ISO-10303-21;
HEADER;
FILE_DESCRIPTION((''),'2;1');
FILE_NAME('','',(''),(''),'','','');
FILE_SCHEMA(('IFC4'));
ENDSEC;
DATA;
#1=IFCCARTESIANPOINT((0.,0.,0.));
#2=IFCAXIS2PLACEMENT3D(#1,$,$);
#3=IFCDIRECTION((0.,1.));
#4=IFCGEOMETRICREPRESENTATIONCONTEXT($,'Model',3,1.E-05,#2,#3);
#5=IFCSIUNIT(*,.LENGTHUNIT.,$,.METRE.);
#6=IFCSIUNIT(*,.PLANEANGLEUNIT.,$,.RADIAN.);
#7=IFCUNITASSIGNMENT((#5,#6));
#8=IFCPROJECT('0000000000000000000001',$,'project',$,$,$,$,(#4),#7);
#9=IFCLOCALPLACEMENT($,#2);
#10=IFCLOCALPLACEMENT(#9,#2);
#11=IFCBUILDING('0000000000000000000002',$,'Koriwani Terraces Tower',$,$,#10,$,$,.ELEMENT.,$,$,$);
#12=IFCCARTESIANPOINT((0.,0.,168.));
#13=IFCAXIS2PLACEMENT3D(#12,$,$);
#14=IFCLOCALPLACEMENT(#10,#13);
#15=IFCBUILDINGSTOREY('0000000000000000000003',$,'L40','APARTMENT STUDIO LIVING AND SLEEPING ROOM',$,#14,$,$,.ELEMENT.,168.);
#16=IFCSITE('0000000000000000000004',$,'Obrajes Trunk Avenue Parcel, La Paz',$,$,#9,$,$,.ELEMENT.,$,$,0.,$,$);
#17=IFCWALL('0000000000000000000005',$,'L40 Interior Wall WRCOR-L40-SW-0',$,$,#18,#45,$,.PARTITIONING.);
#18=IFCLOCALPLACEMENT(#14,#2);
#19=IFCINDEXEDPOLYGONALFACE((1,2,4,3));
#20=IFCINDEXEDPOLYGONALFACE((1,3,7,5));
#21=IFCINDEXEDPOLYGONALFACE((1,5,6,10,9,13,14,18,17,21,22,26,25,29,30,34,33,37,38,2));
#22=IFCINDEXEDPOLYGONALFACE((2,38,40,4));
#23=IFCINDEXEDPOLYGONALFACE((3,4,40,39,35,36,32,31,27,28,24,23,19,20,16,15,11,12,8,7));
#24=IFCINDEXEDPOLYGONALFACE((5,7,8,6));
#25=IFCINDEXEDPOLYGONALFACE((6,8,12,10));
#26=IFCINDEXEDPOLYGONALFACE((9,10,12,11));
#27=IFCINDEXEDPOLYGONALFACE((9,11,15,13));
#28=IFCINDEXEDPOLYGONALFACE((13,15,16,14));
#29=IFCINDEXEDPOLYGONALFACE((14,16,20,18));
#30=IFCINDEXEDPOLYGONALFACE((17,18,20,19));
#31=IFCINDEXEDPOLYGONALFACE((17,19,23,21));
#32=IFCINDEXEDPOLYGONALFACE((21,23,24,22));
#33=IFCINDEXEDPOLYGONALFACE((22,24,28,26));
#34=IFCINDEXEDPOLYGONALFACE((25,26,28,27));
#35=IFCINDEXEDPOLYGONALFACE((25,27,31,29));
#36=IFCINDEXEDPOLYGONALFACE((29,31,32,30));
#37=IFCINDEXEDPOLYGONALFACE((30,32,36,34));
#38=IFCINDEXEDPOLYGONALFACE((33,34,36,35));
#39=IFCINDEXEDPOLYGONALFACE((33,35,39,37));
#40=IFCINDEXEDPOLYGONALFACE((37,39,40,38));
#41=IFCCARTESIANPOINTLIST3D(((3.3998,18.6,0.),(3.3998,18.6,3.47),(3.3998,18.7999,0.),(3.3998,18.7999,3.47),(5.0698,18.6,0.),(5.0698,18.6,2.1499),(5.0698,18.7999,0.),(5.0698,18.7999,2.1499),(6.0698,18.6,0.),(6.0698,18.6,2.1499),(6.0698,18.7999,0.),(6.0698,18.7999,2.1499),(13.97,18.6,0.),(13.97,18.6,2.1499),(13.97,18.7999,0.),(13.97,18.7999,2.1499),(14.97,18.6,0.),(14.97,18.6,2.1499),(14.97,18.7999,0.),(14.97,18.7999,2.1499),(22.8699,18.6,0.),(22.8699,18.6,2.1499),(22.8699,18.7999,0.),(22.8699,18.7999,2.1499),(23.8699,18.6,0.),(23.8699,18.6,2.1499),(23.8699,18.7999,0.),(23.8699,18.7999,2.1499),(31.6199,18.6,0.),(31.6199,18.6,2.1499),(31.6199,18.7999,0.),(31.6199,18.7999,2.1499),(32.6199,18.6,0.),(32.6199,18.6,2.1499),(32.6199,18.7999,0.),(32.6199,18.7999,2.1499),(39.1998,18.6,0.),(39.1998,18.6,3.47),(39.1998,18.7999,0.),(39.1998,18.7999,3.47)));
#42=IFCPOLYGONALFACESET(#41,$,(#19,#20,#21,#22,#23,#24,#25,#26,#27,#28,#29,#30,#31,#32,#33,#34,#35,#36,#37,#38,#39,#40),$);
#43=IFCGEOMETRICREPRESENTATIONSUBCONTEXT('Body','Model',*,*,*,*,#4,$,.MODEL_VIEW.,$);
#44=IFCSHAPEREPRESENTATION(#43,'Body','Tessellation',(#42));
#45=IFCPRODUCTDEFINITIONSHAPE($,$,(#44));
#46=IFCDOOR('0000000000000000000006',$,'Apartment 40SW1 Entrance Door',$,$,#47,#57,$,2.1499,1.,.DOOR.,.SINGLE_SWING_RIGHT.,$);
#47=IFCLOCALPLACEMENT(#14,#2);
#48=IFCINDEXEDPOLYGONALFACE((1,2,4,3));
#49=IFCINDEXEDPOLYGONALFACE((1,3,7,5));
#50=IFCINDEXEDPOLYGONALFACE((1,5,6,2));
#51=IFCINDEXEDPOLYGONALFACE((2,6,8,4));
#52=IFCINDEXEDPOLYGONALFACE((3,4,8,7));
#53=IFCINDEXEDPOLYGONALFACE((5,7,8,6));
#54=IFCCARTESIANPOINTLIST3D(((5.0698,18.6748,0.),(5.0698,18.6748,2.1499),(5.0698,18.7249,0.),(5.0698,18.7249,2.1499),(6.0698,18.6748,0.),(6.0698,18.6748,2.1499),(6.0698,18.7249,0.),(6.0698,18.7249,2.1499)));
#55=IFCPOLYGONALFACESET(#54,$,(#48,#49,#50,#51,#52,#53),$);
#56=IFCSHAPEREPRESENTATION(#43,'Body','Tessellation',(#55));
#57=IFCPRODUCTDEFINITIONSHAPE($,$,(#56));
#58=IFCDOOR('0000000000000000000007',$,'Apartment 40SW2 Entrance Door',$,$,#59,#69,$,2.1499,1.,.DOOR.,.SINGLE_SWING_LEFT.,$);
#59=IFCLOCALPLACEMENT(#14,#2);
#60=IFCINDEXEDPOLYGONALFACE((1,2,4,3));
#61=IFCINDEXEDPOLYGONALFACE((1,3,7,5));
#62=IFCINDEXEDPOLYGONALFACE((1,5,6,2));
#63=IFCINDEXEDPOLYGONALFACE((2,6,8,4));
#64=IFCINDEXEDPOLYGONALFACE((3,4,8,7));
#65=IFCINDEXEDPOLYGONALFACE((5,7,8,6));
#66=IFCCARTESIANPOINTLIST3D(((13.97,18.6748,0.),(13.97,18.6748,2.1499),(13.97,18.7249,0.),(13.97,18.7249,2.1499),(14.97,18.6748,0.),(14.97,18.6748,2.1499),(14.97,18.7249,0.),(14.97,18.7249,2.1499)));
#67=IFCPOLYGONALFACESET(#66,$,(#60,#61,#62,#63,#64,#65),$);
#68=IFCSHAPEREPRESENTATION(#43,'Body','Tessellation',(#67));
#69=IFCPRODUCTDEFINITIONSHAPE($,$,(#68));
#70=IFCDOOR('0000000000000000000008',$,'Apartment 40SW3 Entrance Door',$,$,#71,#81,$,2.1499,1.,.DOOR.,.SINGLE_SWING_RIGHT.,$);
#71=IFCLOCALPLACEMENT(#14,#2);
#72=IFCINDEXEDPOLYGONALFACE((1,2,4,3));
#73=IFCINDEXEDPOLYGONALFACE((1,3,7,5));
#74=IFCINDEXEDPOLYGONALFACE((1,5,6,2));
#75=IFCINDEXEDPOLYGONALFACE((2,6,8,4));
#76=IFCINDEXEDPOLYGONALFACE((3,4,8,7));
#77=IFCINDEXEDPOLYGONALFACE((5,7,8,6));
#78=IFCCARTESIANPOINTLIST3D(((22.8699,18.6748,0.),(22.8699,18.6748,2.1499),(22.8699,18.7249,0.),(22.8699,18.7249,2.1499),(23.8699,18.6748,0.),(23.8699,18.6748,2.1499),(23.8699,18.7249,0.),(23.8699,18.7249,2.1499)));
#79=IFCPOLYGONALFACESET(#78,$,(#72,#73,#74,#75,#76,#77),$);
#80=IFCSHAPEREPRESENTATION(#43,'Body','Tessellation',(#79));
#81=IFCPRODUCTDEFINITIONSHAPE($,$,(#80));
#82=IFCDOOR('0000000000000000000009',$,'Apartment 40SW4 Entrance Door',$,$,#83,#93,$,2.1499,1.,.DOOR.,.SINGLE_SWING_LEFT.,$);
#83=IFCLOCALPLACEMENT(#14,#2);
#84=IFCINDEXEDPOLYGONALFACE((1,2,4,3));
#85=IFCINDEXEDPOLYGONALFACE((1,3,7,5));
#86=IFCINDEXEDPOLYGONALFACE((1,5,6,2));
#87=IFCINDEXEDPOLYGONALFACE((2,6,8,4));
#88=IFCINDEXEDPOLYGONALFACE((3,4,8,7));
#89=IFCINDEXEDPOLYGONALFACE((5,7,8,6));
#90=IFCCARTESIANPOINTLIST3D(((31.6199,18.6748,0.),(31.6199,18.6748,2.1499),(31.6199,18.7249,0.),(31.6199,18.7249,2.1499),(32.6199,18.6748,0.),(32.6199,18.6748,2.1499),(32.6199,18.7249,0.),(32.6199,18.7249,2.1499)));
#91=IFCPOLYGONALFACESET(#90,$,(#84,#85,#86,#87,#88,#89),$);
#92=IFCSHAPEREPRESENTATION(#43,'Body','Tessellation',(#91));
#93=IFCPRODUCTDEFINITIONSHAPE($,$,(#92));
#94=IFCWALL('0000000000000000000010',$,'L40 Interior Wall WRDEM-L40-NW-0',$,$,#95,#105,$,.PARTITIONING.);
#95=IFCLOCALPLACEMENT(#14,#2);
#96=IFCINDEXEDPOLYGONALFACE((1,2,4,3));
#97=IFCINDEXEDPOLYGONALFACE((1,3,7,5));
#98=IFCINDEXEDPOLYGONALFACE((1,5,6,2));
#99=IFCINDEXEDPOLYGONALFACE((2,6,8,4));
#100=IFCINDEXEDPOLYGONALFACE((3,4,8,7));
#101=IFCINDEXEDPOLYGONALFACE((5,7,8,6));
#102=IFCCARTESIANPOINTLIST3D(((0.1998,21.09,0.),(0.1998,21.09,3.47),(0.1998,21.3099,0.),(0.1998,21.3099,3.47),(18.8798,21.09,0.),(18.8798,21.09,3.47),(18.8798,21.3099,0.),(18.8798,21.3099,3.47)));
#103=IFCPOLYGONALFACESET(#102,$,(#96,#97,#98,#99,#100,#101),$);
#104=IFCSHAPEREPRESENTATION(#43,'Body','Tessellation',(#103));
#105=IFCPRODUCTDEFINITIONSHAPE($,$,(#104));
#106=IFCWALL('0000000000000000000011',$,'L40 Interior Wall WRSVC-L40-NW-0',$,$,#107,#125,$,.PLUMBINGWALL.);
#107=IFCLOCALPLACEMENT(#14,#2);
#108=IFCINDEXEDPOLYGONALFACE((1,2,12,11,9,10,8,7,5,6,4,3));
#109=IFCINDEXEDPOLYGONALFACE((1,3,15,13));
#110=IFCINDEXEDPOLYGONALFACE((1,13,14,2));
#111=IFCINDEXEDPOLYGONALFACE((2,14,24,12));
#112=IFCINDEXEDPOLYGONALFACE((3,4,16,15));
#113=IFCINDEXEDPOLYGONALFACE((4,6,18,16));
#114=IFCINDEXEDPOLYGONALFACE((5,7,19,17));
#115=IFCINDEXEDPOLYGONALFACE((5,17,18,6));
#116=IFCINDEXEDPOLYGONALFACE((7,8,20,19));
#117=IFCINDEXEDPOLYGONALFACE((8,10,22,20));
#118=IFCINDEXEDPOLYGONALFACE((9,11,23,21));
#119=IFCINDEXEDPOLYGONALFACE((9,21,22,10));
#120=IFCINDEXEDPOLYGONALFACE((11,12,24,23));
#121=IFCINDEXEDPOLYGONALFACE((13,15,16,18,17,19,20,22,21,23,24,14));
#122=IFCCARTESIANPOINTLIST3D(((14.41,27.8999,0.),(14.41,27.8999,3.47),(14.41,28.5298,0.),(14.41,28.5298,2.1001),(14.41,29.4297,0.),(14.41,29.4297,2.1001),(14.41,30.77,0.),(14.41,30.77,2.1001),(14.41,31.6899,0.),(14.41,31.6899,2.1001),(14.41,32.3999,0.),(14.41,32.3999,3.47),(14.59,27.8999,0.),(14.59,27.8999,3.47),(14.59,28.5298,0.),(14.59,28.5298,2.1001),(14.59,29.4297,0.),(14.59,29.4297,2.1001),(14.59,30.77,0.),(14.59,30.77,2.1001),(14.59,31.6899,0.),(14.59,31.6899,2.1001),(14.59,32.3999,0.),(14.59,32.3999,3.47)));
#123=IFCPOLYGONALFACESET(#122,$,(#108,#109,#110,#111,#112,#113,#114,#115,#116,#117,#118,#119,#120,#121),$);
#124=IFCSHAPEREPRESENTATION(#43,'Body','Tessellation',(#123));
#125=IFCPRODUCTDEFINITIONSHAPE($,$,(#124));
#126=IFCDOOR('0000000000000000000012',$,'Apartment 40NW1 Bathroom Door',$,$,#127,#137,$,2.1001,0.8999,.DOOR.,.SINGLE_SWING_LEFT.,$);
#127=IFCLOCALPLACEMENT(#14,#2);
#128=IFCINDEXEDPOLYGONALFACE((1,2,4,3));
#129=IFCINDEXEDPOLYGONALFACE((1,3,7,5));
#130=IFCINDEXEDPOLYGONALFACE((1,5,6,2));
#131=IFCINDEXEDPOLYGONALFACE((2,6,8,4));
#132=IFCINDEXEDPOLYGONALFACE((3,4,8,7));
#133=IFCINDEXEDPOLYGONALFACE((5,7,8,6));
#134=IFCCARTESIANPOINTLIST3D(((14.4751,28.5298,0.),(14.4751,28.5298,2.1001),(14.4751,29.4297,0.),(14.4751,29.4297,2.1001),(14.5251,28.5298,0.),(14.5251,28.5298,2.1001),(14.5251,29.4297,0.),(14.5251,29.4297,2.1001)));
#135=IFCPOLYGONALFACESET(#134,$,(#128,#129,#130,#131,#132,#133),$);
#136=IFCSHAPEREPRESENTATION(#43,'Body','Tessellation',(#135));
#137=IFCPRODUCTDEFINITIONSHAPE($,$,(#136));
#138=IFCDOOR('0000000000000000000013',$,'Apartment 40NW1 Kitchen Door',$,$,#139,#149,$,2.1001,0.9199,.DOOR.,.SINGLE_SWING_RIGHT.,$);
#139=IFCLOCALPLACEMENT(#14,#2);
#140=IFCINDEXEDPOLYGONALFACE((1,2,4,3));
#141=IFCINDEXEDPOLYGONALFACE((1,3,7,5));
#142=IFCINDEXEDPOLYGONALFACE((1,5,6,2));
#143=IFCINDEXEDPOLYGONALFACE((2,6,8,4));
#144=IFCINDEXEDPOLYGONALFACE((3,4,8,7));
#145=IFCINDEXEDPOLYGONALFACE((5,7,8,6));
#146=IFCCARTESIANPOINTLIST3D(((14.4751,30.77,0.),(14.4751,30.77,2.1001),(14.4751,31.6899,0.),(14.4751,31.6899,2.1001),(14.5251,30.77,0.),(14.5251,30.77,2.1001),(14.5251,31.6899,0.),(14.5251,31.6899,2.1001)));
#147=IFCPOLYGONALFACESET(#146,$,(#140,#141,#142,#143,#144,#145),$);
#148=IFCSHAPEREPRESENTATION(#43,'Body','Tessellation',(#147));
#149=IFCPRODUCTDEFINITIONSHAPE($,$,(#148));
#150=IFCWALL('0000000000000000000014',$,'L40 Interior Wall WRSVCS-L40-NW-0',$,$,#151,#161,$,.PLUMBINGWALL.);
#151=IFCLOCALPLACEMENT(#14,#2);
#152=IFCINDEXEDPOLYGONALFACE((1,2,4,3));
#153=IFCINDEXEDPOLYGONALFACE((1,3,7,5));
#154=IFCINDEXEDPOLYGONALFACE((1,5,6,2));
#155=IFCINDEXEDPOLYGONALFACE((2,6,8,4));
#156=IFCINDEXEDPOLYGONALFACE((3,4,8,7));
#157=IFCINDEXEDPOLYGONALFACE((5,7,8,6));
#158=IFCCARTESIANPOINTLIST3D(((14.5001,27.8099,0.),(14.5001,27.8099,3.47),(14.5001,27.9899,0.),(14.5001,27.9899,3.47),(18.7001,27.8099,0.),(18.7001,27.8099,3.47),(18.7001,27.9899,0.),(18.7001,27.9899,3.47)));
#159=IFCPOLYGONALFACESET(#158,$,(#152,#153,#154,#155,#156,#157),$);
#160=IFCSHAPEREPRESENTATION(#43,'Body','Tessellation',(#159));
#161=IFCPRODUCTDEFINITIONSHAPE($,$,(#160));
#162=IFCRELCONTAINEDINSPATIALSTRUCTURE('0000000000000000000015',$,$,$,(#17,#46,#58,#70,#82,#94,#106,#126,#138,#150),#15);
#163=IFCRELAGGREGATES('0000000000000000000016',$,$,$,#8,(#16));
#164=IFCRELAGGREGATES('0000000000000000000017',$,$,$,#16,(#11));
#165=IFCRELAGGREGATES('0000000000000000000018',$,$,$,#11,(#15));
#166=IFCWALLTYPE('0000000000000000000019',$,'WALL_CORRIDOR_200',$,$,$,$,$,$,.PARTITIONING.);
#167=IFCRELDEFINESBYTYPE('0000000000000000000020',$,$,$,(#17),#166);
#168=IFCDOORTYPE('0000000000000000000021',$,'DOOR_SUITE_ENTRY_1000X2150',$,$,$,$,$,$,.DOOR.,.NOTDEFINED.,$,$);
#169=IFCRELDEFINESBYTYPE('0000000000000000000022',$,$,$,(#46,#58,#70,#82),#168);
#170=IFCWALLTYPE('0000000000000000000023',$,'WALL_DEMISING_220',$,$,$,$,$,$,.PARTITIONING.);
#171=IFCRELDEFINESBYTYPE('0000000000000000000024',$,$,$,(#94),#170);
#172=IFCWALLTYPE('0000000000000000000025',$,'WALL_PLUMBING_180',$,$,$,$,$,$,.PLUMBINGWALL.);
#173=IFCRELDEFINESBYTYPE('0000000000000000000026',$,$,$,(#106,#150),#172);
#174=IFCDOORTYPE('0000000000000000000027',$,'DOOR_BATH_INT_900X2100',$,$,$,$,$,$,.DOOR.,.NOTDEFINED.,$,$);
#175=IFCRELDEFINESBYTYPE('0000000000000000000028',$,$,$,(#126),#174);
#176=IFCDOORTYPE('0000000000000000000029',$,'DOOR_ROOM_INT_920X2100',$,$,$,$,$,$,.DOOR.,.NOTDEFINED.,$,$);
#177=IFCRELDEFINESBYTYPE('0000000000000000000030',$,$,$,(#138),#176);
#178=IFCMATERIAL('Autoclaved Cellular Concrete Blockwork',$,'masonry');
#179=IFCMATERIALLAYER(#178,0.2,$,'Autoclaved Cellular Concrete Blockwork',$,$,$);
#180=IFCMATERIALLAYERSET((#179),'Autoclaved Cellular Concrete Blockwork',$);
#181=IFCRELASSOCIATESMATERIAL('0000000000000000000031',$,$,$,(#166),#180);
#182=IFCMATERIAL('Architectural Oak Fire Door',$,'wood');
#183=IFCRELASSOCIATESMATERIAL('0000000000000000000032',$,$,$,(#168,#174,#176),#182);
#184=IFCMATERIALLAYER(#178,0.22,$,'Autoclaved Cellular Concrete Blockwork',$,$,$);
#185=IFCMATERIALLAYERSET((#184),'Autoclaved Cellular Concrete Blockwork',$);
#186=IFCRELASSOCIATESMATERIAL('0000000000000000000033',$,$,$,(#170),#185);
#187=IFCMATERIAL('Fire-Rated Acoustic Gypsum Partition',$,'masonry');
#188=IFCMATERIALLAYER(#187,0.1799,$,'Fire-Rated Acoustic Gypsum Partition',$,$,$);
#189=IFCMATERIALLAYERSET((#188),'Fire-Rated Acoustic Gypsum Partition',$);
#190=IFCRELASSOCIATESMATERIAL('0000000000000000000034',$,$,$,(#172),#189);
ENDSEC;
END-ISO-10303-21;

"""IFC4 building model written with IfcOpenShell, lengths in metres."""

from ifc_helpers import new_model, si_unit, direction, frame, frame_2d, origin, place, context, subcontext, project, spatial, rectangle, extrude, material, layer, layer_set, type_object, element, fill, save


model = new_model("IFC4")

# Units and contexts
model_context = context("Model", 3, precision=1e-05, world=origin(), true_north=direction((0.0, 1.0)))
body_context = subcontext(model_context, "Body", "Model", "MODEL_VIEW")
ifc_project = project(units=[si_unit("LENGTHUNIT", "METRE"), si_unit("PLANEANGLEUNIT", "RADIAN")], contexts=[model_context])

# Site, building, storey
site_placement = place(None, origin())
site = spatial("IfcSite", under=ifc_project, at=site_placement, Name="Obrajes Trunk Avenue Parcel, La Paz", CompositionType="ELEMENT", RefElevation=0.0)
building_placement = place(site_placement, origin())
building = spatial("IfcBuilding", under=site, at=building_placement, Name="Koriwani Terraces Tower", CompositionType="ELEMENT")
storey_placement = place(building_placement, frame((0.0, 0.0, 168.0)))
storey = spatial("IfcBuildingStorey", under=building, at=storey_placement, Name="L40", Description="APARTMENT STUDIO LIVING AND SLEEPING ROOM", CompositionType="ELEMENT", Elevation=168.0)

# Wall, openings, doors
ifc_material_1 = material(Name="Autoclaved Cellular Concrete Blockwork", Category="masonry")
ifc_layer_1 = layer(ifc_material_1, 0.2, Name="Autoclaved Cellular Concrete Blockwork")
ifc_layer_set_1 = layer_set([ifc_layer_1], Name="Autoclaved Cellular Concrete Blockwork")
wall_type_1 = type_object("IfcWallType", Name="WALL_CORRIDOR_200", PredefinedType="PARTITIONING", material=ifc_layer_set_1)
wall_1_placement = place(storey_placement, frame((3.3999, 18.7, 0.0), z_axis=(0.0, 0.0, 1.0), x_axis=(1.0, 0.0, 0.0)))
wall_1 = element("IfcWall", 1, at=wall_1_placement, inside=storey, type_object=wall_type_1, Name="L40 Interior Wall WRCOR-L40-SW-0", PredefinedType="PARTITIONING", context=body_context, shape_type="SweptSolid", body=[
    extrude(rectangle(XDim=35.8, YDim=0.2, at=frame_2d((17.8999, 0.0))), origin(), (0.0, 0.0, 1.0), 3.47),
])
opening_1_placement = place(wall_1_placement, frame((1.6699, 0.0, 0.0)))
opening_1 = element("IfcOpeningElement", 2, at=opening_1_placement, cuts=wall_1, PredefinedType="OPENING", context=body_context, shape_type="SweptSolid", body=[
    extrude(rectangle(XDim=1.0, YDim=2.1499, at=frame_2d((0.5, 1.075))), frame((0.0, 0.1099, 0.0), z_axis=(0.0, -1.0, 0.0), x_axis=(1.0, 0.0, 0.0)), (0.0, 0.0, 1.0), 0.22),
])
opening_2_placement = place(wall_1_placement, frame((10.5701, 0.0, 0.0)))
opening_2 = element("IfcOpeningElement", 3, at=opening_2_placement, cuts=wall_1, PredefinedType="OPENING", context=body_context, shape_type="SweptSolid", body=[
    extrude(rectangle(XDim=1.0, YDim=2.1499, at=frame_2d((0.5, 1.075))), frame((0.0, 0.1099, 0.0), z_axis=(0.0, -1.0, 0.0), x_axis=(1.0, 0.0, 0.0)), (0.0, 0.0, 1.0), 0.22),
])
opening_3_placement = place(wall_1_placement, frame((19.47, 0.0, 0.0)))
opening_3 = element("IfcOpeningElement", 4, at=opening_3_placement, cuts=wall_1, PredefinedType="OPENING", context=body_context, shape_type="SweptSolid", body=[
    extrude(rectangle(XDim=1.0, YDim=2.1499, at=frame_2d((0.5, 1.075))), frame((0.0, 0.1099, 0.0), z_axis=(0.0, -1.0, 0.0), x_axis=(1.0, 0.0, 0.0)), (0.0, 0.0, 1.0), 0.22),
])
opening_4_placement = place(wall_1_placement, frame((28.22, 0.0, 0.0)))
opening_4 = element("IfcOpeningElement", 5, at=opening_4_placement, cuts=wall_1, PredefinedType="OPENING", context=body_context, shape_type="SweptSolid", body=[
    extrude(rectangle(XDim=1.0, YDim=2.1499, at=frame_2d((0.5, 1.075))), frame((0.0, 0.1099, 0.0), z_axis=(0.0, -1.0, 0.0), x_axis=(1.0, 0.0, 0.0)), (0.0, 0.0, 1.0), 0.22),
])
ifc_material_2 = material(Name="Architectural Oak Fire Door", Category="wood")
door_type_1 = type_object("IfcDoorType", Name="DOOR_SUITE_ENTRY_1000X2150", OperationType="NOTDEFINED", PredefinedType="DOOR", material=ifc_material_2)
door_1_placement = place(opening_1_placement, origin())
door_1 = element("IfcDoor", 6, at=door_1_placement, inside=storey, type_object=door_type_1, Name="Apartment 40SW1 Entrance Door", OperationType="SINGLE_SWING_RIGHT", OverallHeight=2.1499, OverallWidth=1.0, PredefinedType="DOOR", context=body_context, shape_type="SweptSolid", body=[
    extrude(rectangle(XDim=1.0, YDim=2.1499, at=frame_2d((0.5, 1.075))), frame((0.0, 0.0249, 0.0), z_axis=(0.0, -1.0, 0.0), x_axis=(1.0, 0.0, 0.0)), (0.0, 0.0, 1.0), 0.05),
])
fill(opening_1, door_1)
door_2_placement = place(opening_2_placement, origin())
door_2 = element("IfcDoor", 7, at=door_2_placement, inside=storey, type_object=door_type_1, Name="Apartment 40SW2 Entrance Door", OperationType="SINGLE_SWING_LEFT", OverallHeight=2.1499, OverallWidth=1.0, PredefinedType="DOOR", context=body_context, shape_type="SweptSolid", body=[
    extrude(rectangle(XDim=1.0, YDim=2.1499, at=frame_2d((0.5, 1.075))), frame((0.0, 0.0249, 0.0), z_axis=(0.0, -1.0, 0.0), x_axis=(1.0, 0.0, 0.0)), (0.0, 0.0, 1.0), 0.05),
])
fill(opening_2, door_2)
door_3_placement = place(opening_3_placement, origin())
door_3 = element("IfcDoor", 8, at=door_3_placement, inside=storey, type_object=door_type_1, Name="Apartment 40SW3 Entrance Door", OperationType="SINGLE_SWING_RIGHT", OverallHeight=2.1499, OverallWidth=1.0, PredefinedType="DOOR", context=body_context, shape_type="SweptSolid", body=[
    extrude(rectangle(XDim=1.0, YDim=2.1499, at=frame_2d((0.5, 1.075))), frame((0.0, 0.0249, 0.0), z_axis=(0.0, -1.0, 0.0), x_axis=(1.0, 0.0, 0.0)), (0.0, 0.0, 1.0), 0.05),
])
fill(opening_3, door_3)
door_4_placement = place(opening_4_placement, origin())
door_4 = element("IfcDoor", 9, at=door_4_placement, inside=storey, type_object=door_type_1, Name="Apartment 40SW4 Entrance Door", OperationType="SINGLE_SWING_LEFT", OverallHeight=2.1499, OverallWidth=1.0, PredefinedType="DOOR", context=body_context, shape_type="SweptSolid", body=[
    extrude(rectangle(XDim=1.0, YDim=2.1499, at=frame_2d((0.5, 1.075))), frame((0.0, 0.0249, 0.0), z_axis=(0.0, -1.0, 0.0), x_axis=(1.0, 0.0, 0.0)), (0.0, 0.0, 1.0), 0.05),
])
fill(opening_4, door_4)

# Wall
ifc_layer_2 = layer(ifc_material_1, 0.22, Name="Autoclaved Cellular Concrete Blockwork")
ifc_layer_set_2 = layer_set([ifc_layer_2], Name="Autoclaved Cellular Concrete Blockwork")
wall_type_2 = type_object("IfcWallType", Name="WALL_DEMISING_220", PredefinedType="PARTITIONING", material=ifc_layer_set_2)
wall_2_placement = place(storey_placement, frame((0.2, 21.2, 0.0), z_axis=(0.0, 0.0, 1.0), x_axis=(1.0, 0.0, 0.0)))
element("IfcWall", 10, at=wall_2_placement, inside=storey, type_object=wall_type_2, Name="L40 Interior Wall WRDEM-L40-NW-0", PredefinedType="PARTITIONING", context=body_context, shape_type="SweptSolid", body=[
    extrude(rectangle(XDim=18.6799, YDim=0.22, at=frame_2d((9.3398, 0.0))), origin(), (0.0, 0.0, 1.0), 3.47),
])

# Wall, openings, doors
ifc_material_3 = material(Name="Fire-Rated Acoustic Gypsum Partition", Category="masonry")
ifc_layer_3 = layer(ifc_material_3, 0.1799, Name="Fire-Rated Acoustic Gypsum Partition")
ifc_layer_set_3 = layer_set([ifc_layer_3], Name="Fire-Rated Acoustic Gypsum Partition")
wall_type_3 = type_object("IfcWallType", Name="WALL_PLUMBING_180", PredefinedType="PLUMBINGWALL", material=ifc_layer_set_3)
wall_3_placement = place(storey_placement, frame((14.5, 27.8999, 0.0), z_axis=(0.0, 0.0, 1.0), x_axis=(0.0, 1.0, 0.0)))
wall_3 = element("IfcWall", 11, at=wall_3_placement, inside=storey, type_object=wall_type_3, Name="L40 Interior Wall WRSVC-L40-NW-0", PredefinedType="PLUMBINGWALL", context=body_context, shape_type="SweptSolid", body=[
    extrude(rectangle(XDim=4.5, YDim=0.1799, at=frame_2d((2.25, 0.0))), origin(), (0.0, 0.0, 1.0), 3.47),
])
opening_5_placement = place(wall_3_placement, frame((0.6299, 0.0, 0.0)))
opening_5 = element("IfcOpeningElement", 12, at=opening_5_placement, cuts=wall_3, PredefinedType="OPENING", context=body_context, shape_type="SweptSolid", body=[
    extrude(rectangle(XDim=0.8999, YDim=2.1001, at=frame_2d((0.45, 1.05))), frame((0.0, 0.1001, 0.0), z_axis=(0.0, -1.0, 0.0), x_axis=(1.0, 0.0, 0.0)), (0.0, 0.0, 1.0), 0.2),
])
opening_6_placement = place(wall_3_placement, frame((2.8701, 0.0, 0.0)))
opening_6 = element("IfcOpeningElement", 13, at=opening_6_placement, cuts=wall_3, PredefinedType="OPENING", context=body_context, shape_type="SweptSolid", body=[
    extrude(rectangle(XDim=0.9199, YDim=2.1001, at=frame_2d((0.46, 1.05))), frame((0.0, 0.1001, 0.0), z_axis=(0.0, -1.0, 0.0), x_axis=(1.0, 0.0, 0.0)), (0.0, 0.0, 1.0), 0.2),
])
door_type_2 = type_object("IfcDoorType", Name="DOOR_BATH_INT_900X2100", OperationType="NOTDEFINED", PredefinedType="DOOR", material=ifc_material_2)
door_5_placement = place(opening_5_placement, origin())
door_5 = element("IfcDoor", 14, at=door_5_placement, inside=storey, type_object=door_type_2, Name="Apartment 40NW1 Bathroom Door", OperationType="SINGLE_SWING_LEFT", OverallHeight=2.1001, OverallWidth=0.8999, PredefinedType="DOOR", context=body_context, shape_type="SweptSolid", body=[
    extrude(rectangle(XDim=0.8999, YDim=2.1001, at=frame_2d((0.45, 1.05))), frame((0.0, 0.0249, 0.0), z_axis=(0.0, -1.0, 0.0), x_axis=(1.0, 0.0, 0.0)), (0.0, 0.0, 1.0), 0.05),
])
fill(opening_5, door_5)
door_type_3 = type_object("IfcDoorType", Name="DOOR_ROOM_INT_920X2100", OperationType="NOTDEFINED", PredefinedType="DOOR", material=ifc_material_2)
door_6_placement = place(opening_6_placement, origin())
door_6 = element("IfcDoor", 15, at=door_6_placement, inside=storey, type_object=door_type_3, Name="Apartment 40NW1 Kitchen Door", OperationType="SINGLE_SWING_RIGHT", OverallHeight=2.1001, OverallWidth=0.9199, PredefinedType="DOOR", context=body_context, shape_type="SweptSolid", body=[
    extrude(rectangle(XDim=0.9199, YDim=2.1001, at=frame_2d((0.46, 1.05))), frame((0.0, 0.0249, 0.0), z_axis=(0.0, -1.0, 0.0), x_axis=(1.0, 0.0, 0.0)), (0.0, 0.0, 1.0), 0.05),
])
fill(opening_6, door_6)

# Wall
for number, where, z_axis, x_axis, name in (
    (16, (14.5, 27.8999, 0.0), (0.0, 0.0, 1.0), (1.0, 0.0, 0.0), "L40 Interior Wall WRSVCS-L40-NW-0"),
):
    element("IfcWall", number, at=place(storey_placement, frame(where, z_axis=z_axis, x_axis=x_axis)), inside=storey, type_object=wall_type_3, Name=name, PredefinedType="PLUMBINGWALL", context=body_context, shape_type="SweptSolid", body=[
        extrude(rectangle(XDim=4.2, YDim=0.1799, at=frame_2d((2.1001, 0.0))), origin(), (0.0, 0.0, 1.0), 3.47),
    ])

save(model, "model.ifc")
